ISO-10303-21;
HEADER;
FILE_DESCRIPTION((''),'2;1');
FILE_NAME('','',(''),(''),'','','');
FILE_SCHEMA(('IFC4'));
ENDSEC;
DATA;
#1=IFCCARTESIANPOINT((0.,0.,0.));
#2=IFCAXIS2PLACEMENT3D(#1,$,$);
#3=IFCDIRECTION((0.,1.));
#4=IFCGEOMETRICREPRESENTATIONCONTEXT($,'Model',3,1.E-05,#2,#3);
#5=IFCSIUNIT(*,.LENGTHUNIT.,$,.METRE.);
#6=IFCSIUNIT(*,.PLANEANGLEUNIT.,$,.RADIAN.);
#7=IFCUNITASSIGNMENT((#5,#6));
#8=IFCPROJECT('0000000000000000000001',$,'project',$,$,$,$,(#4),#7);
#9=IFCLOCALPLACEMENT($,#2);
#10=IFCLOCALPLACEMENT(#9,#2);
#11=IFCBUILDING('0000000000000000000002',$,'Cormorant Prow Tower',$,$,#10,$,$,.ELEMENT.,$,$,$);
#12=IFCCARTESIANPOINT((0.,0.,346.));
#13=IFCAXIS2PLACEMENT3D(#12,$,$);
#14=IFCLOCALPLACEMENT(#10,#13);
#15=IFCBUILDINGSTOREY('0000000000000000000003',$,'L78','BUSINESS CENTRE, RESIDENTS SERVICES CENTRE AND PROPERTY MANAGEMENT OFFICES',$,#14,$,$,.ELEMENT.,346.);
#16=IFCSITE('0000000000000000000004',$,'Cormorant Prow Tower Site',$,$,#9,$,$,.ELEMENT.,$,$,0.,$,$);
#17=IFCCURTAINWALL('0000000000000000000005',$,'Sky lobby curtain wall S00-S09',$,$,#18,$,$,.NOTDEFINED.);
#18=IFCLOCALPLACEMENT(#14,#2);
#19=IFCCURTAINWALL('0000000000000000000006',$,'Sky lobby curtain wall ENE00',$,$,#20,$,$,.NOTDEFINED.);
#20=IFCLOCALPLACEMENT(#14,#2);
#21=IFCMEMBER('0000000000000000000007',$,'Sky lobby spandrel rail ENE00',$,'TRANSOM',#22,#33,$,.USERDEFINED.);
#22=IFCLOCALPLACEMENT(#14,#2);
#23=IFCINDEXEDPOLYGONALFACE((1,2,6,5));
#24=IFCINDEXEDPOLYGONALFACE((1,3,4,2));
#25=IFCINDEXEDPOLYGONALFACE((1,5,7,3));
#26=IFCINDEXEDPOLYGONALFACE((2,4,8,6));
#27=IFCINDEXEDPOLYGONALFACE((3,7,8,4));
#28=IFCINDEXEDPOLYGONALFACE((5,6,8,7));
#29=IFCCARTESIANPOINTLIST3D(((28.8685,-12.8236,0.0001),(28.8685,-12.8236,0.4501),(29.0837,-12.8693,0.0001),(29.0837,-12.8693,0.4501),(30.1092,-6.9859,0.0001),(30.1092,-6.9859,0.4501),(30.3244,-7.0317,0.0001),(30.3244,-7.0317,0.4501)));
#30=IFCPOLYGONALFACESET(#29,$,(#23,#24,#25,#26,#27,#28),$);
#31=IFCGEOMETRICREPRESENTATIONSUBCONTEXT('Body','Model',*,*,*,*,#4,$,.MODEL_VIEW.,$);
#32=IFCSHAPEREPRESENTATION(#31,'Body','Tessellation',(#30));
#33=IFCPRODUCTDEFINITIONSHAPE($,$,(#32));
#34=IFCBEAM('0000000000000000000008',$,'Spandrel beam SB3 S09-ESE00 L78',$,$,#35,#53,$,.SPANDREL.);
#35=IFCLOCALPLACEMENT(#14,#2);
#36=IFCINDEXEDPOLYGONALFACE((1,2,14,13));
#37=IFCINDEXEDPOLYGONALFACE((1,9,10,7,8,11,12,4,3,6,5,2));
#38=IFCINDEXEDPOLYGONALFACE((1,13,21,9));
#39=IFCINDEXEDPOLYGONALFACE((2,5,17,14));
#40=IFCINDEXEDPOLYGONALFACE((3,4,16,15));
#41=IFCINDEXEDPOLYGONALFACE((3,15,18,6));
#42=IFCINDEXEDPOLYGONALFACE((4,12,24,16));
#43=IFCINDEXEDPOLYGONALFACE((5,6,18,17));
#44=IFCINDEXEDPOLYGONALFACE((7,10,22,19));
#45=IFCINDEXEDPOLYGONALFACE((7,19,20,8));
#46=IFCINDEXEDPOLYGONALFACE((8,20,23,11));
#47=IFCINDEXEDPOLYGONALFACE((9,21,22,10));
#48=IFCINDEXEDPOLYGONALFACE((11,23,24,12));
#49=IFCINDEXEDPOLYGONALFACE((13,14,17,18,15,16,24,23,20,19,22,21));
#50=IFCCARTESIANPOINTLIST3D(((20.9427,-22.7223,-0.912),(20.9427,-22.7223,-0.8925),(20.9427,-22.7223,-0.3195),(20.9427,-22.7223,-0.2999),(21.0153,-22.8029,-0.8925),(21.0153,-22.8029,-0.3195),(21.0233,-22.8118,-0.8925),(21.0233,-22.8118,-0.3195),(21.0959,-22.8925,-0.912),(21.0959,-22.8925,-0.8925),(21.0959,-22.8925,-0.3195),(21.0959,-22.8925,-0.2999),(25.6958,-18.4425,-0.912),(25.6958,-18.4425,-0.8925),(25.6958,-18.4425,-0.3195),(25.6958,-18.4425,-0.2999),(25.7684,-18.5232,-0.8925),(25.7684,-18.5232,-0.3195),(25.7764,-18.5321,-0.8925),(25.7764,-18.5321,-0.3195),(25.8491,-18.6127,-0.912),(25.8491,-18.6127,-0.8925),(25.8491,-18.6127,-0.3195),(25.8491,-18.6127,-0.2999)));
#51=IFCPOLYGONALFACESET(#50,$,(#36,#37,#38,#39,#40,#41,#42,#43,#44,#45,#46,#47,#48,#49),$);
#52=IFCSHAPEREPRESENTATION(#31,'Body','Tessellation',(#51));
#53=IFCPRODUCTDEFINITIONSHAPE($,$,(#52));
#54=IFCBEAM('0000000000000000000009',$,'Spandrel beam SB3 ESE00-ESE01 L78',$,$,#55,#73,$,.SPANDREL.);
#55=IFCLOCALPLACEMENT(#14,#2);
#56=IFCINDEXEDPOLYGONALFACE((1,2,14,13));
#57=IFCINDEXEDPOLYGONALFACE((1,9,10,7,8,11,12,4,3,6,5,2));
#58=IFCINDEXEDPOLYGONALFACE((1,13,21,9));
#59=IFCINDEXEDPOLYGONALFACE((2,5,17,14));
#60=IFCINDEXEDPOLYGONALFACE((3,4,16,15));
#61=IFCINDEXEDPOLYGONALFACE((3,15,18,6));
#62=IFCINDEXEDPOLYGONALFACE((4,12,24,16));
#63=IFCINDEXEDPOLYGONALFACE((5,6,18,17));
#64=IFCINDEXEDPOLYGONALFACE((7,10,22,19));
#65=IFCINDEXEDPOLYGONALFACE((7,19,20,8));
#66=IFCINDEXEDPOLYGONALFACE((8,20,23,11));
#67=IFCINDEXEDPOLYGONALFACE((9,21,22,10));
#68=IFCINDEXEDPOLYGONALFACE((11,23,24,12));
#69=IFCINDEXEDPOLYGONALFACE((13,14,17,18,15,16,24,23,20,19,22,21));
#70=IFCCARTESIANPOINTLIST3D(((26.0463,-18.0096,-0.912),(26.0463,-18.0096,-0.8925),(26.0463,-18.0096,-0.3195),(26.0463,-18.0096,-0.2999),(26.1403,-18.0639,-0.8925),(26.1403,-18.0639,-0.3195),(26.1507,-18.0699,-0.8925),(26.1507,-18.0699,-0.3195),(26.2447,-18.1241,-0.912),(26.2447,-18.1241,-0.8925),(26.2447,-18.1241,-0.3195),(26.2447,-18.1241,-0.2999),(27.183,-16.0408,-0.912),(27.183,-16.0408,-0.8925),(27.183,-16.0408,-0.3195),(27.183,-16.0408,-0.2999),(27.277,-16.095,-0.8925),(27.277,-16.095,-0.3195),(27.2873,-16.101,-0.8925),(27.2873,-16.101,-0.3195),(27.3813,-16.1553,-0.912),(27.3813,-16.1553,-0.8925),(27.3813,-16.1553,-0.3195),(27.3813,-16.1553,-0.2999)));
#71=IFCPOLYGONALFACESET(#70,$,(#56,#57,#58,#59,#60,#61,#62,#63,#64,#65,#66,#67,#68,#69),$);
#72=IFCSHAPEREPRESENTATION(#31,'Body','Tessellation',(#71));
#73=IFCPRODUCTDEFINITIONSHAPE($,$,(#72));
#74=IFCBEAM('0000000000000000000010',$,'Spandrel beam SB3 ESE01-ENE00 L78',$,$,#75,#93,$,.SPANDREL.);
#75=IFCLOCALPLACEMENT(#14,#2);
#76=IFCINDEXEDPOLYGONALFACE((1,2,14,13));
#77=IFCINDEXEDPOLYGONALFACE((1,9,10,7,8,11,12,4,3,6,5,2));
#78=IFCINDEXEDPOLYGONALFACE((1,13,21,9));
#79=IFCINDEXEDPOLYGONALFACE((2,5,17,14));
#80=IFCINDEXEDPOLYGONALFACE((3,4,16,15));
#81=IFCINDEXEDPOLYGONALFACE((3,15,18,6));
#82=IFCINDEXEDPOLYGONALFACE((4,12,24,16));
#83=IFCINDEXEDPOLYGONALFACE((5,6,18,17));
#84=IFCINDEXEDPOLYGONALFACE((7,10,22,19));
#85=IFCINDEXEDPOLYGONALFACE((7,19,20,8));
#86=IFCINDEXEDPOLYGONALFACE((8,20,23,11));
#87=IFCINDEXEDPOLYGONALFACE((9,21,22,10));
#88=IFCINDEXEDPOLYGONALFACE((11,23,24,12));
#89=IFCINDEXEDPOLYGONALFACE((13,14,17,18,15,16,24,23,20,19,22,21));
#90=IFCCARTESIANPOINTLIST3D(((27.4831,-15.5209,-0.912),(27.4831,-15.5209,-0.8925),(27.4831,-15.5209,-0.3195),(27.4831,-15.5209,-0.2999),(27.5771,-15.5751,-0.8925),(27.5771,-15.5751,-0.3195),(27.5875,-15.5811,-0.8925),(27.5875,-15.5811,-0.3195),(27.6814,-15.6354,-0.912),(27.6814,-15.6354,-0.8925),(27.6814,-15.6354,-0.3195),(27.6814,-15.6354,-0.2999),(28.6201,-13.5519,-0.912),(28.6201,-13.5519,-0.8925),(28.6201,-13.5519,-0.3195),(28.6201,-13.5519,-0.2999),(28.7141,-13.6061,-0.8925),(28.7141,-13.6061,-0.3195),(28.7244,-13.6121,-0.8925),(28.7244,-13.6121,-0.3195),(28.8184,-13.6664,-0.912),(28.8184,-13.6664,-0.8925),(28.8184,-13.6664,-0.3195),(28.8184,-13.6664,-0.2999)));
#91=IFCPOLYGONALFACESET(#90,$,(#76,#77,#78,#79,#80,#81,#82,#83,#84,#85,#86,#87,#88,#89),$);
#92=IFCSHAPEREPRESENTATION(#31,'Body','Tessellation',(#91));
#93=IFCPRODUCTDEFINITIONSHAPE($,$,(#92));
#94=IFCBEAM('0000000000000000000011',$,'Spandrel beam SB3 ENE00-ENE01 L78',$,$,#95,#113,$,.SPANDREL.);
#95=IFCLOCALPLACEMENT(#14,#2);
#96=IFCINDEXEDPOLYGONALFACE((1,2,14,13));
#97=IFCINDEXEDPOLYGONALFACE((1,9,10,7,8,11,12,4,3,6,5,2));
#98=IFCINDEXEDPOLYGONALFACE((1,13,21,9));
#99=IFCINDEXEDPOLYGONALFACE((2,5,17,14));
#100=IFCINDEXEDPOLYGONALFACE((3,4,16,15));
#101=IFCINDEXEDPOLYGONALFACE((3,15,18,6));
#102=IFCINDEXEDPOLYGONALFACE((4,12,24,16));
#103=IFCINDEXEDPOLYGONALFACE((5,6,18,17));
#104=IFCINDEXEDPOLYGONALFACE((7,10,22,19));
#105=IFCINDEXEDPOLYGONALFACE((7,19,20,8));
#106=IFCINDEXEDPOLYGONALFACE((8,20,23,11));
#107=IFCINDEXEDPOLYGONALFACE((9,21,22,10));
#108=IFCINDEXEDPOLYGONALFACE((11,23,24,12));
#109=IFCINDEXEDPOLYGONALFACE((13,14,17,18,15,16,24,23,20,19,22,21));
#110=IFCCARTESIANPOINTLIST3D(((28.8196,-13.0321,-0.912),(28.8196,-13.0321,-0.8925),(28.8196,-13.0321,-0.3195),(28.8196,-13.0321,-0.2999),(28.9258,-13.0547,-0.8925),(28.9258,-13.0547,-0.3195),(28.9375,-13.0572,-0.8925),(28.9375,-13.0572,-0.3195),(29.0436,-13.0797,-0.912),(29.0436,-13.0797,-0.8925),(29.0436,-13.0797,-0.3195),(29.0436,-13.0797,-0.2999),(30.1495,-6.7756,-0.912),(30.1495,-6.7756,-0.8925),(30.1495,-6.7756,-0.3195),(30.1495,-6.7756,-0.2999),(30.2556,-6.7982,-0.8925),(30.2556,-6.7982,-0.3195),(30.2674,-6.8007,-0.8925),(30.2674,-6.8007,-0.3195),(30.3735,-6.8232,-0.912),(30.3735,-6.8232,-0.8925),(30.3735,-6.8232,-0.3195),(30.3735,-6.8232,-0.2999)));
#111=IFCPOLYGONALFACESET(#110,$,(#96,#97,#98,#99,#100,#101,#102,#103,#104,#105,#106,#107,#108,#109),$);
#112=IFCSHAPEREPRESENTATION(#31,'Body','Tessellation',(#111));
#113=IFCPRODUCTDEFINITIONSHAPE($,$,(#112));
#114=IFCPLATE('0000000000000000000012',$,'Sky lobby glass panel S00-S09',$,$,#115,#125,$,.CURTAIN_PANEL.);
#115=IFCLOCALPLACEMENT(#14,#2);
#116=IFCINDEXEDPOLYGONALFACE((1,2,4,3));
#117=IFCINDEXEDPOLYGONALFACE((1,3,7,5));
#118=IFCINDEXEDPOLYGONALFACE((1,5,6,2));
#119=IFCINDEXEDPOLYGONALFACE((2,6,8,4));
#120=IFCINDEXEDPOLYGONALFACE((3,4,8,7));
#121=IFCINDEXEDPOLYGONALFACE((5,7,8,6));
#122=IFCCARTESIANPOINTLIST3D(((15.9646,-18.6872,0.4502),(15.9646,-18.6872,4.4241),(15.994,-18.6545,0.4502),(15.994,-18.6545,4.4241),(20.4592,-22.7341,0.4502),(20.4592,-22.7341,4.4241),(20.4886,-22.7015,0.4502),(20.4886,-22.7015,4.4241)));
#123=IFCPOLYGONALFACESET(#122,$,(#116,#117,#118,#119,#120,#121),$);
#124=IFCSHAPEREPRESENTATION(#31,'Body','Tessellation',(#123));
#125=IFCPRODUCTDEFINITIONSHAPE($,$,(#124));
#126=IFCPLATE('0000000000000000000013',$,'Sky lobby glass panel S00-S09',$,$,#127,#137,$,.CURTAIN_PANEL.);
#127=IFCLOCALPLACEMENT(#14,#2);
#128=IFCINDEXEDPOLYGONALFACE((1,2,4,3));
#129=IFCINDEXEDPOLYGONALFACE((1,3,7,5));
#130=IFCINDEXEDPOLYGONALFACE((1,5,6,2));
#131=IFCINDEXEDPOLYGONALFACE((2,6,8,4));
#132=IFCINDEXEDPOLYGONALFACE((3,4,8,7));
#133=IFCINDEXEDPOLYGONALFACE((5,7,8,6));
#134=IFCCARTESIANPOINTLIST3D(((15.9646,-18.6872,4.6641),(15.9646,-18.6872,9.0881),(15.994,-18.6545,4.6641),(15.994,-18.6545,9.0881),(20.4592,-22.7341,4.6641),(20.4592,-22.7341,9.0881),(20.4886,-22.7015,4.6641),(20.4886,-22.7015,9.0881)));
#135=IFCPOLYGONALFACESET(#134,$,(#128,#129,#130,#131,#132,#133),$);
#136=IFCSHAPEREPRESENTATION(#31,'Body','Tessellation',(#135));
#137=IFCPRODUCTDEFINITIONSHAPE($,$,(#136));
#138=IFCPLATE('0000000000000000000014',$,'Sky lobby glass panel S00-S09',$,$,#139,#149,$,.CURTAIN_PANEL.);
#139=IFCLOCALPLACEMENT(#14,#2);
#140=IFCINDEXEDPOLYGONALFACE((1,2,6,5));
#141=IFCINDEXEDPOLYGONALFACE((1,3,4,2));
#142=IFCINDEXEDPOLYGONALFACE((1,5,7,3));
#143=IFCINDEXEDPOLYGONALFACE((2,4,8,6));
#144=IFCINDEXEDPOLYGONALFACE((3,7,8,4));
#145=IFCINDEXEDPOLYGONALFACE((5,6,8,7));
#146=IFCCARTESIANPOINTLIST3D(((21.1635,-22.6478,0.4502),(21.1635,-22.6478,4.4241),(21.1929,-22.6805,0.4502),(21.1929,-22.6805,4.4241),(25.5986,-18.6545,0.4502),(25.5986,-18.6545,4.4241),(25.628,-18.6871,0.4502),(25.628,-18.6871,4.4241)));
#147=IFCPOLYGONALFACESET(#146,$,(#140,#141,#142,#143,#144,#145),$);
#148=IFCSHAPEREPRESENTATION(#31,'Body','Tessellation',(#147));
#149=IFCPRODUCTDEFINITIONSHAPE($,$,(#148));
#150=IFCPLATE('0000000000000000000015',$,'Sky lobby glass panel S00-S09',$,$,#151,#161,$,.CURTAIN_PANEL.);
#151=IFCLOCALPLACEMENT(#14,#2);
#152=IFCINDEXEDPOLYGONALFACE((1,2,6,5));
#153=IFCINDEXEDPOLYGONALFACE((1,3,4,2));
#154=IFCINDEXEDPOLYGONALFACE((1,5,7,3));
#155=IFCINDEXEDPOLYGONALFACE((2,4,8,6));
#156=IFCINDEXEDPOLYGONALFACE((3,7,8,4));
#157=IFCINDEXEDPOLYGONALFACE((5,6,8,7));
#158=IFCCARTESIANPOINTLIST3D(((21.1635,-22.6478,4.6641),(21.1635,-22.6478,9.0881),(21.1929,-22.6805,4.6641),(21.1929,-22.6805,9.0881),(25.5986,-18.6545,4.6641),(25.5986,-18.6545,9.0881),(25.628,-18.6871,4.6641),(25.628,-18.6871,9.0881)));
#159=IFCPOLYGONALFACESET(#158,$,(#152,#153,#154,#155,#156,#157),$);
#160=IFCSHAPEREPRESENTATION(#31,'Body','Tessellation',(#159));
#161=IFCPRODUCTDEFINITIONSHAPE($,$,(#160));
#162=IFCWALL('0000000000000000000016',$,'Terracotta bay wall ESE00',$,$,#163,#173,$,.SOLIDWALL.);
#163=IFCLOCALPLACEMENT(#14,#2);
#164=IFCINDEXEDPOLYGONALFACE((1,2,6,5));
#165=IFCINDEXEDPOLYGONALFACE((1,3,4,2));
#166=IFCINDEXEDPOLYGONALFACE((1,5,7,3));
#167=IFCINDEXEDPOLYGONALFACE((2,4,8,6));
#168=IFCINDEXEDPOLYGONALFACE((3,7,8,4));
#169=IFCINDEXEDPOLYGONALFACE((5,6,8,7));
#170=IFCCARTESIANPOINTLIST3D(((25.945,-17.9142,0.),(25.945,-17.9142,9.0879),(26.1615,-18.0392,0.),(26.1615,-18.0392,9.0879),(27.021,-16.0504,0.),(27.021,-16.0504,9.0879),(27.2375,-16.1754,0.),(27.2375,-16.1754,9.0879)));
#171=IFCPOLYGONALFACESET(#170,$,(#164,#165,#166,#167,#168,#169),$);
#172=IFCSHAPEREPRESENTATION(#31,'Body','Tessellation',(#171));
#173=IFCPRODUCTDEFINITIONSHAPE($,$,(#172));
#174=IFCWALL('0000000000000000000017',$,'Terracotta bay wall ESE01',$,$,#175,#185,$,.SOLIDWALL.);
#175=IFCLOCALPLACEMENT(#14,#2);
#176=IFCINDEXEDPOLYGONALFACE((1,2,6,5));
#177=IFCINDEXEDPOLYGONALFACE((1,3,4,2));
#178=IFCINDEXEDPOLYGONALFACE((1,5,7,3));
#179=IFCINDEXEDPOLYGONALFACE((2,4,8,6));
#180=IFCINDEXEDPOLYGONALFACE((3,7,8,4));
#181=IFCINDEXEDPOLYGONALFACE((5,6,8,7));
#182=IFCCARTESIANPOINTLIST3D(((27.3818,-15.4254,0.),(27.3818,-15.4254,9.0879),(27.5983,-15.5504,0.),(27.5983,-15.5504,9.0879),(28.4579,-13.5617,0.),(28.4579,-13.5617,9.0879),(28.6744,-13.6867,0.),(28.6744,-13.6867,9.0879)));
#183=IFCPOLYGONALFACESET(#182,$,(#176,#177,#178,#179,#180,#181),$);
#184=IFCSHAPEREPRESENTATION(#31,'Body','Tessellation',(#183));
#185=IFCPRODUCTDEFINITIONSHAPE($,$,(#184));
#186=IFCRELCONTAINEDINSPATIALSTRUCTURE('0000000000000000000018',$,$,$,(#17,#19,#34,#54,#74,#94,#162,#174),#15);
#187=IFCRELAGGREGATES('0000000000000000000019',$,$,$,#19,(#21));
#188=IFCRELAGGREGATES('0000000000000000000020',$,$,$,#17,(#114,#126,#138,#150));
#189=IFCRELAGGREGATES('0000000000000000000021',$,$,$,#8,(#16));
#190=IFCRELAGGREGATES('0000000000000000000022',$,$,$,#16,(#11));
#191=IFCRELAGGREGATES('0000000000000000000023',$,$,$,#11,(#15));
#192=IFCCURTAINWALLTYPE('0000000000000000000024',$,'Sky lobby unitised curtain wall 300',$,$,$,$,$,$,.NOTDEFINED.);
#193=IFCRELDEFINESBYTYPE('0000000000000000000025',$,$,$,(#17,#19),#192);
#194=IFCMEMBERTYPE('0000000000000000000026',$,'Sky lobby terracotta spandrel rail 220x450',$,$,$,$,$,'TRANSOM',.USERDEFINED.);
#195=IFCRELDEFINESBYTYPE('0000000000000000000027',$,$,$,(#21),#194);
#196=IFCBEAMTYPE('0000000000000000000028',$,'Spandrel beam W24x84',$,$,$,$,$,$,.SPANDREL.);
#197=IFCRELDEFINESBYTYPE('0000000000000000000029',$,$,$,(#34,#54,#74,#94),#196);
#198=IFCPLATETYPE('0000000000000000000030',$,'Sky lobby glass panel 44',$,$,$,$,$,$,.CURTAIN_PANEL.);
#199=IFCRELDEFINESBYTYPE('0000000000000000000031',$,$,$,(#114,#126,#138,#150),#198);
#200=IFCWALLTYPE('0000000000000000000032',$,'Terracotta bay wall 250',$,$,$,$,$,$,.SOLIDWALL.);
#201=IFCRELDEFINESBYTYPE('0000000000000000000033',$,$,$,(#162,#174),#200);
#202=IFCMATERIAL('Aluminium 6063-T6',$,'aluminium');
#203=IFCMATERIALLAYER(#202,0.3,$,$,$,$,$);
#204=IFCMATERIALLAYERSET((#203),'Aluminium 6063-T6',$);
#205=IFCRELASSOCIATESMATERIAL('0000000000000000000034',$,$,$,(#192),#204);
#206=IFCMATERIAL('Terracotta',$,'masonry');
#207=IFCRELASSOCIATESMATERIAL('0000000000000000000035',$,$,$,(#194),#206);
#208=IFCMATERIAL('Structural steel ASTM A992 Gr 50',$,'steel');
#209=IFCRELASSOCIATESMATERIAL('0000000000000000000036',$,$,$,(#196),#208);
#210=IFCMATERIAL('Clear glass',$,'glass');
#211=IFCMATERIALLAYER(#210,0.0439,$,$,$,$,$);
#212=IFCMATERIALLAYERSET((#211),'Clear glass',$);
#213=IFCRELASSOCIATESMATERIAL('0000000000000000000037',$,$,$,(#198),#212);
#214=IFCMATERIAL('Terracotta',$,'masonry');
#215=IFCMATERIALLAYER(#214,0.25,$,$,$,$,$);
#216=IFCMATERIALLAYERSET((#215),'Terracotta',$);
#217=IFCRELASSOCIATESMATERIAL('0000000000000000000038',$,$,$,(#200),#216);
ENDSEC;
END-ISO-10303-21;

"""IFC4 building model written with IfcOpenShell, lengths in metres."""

from ifc_helpers import new_model, si_unit, direction, frame, frame_2d, origin, origin_2d, place, context, subcontext, project, spatial, rectangle, i_section, extrude, material, layer, layer_set, material_profile, profile_set, type_object, element, aggregate, save


model = new_model("IFC4")

# Units and contexts
model_context = context("Model", 3, precision=1e-05, world=origin(), true_north=direction((0.0, 1.0)))
body_context = subcontext(model_context, "Body", "Model", "MODEL_VIEW")
ifc_project = project(units=[si_unit("LENGTHUNIT", "METRE"), si_unit("PLANEANGLEUNIT", "RADIAN")], contexts=[model_context])

# Site, building, storey
site_placement = place(None, origin())
site = spatial("IfcSite", under=ifc_project, at=site_placement, Name="Cormorant Prow Tower Site", CompositionType="ELEMENT", RefElevation=0.0)
building_placement = place(site_placement, origin())
building = spatial("IfcBuilding", under=site, at=building_placement, Name="Cormorant Prow Tower", CompositionType="ELEMENT")
storey_placement = place(building_placement, frame((0.0, 0.0, 346.0)))
storey = spatial("IfcBuildingStorey", under=building, at=storey_placement, Name="L78", Description="BUSINESS CENTRE, RESIDENTS SERVICES CENTRE AND PROPERTY MANAGEMENT OFFICES", CompositionType="ELEMENT", Elevation=346.0)

# Curtain wall
ifc_material_1 = material(Name="Aluminium 6063-T6", Category="aluminium")
ifc_layer_1 = layer(ifc_material_1, 0.3)
ifc_layer_set_1 = layer_set([ifc_layer_1], Name="Aluminium 6063-T6")
curtain_wall_type = type_object("IfcCurtainWallType", Name="Sky lobby unitised curtain wall 300", PredefinedType="NOTDEFINED", material=ifc_layer_set_1)
curtain_wall_1_placement = place(storey_placement, origin())
curtain_wall_1 = element("IfcCurtainWall", 1, at=curtain_wall_1_placement, inside=storey, type_object=curtain_wall_type, Name="Sky lobby curtain wall S00-S09", PredefinedType="NOTDEFINED")

# Curtain wall
curtain_wall_2_placement = place(storey_placement, origin())
curtain_wall_2 = element("IfcCurtainWall", 2, at=curtain_wall_2_placement, inside=storey, type_object=curtain_wall_type, Name="Sky lobby curtain wall ENE00", PredefinedType="NOTDEFINED")

# Member
ifc_material_2 = material(Name="Terracotta", Category="masonry")
ifc_material_profile_1 = material_profile(ifc_material_2, rectangle(XDim=0.22, YDim=0.45, at=origin_2d()), Name="Sky lobby terracotta spandrel rail 220x450")
ifc_profile_set_1 = profile_set([ifc_material_profile_1], Name="Terracotta")
member_type_1 = type_object("IfcMemberType", Name="Sky lobby terracotta spandrel rail 220x450", ElementType="TRANSOM", PredefinedType="USERDEFINED", material=ifc_profile_set_1)
member_1_placement = place(storey_placement, frame((28.9761, -12.8464, 0.2251), z_axis=(0.207894, 0.978151, 0.0), x_axis=(-0.978151, 0.207894, 0.0)))
member_1 = element("IfcMember", 3, at=member_1_placement, type_object=member_type_1, Name="Sky lobby spandrel rail ENE00", ObjectType="TRANSOM", PredefinedType="USERDEFINED", context=body_context, shape_type="SweptSolid", body=[
    extrude(rectangle(XDim=0.22, YDim=0.45, at=origin_2d()), origin(), (0.0, 0.0, 1.0), 5.968),
])
aggregate(curtain_wall_2, [member_1])

# Beams
ifc_material_3 = material(Name="Structural steel ASTM A992 Gr 50", Category="steel")
ifc_material_profile_2 = material_profile(ifc_material_3, i_section(OverallWidth=0.229, OverallDepth=0.6121, WebThickness=0.012, FlangeThickness=0.0195, at=origin_2d()), Name="W24x84")
ifc_profile_set_2 = profile_set([ifc_material_profile_2], Name="Structural steel ASTM A992 Gr 50")
beam_type = type_object("IfcBeamType", Name="Spandrel beam W24x84", PredefinedType="SPANDREL", material=ifc_profile_set_2)
beam_1_placement = place(storey_placement, frame((21.0193, -22.8074, -0.606), z_axis=(0.743144, 0.669131, 0.0), x_axis=(-0.669131, 0.743144, 0.0)))
element("IfcBeam", 4, at=beam_1_placement, inside=storey, type_object=beam_type, Name="Spandrel beam SB3 S09-ESE00 L78", PredefinedType="SPANDREL", context=body_context, shape_type="SweptSolid", body=[
    extrude(i_section(OverallWidth=0.229, OverallDepth=0.6121, WebThickness=0.012, FlangeThickness=0.0195, at=origin_2d()), origin(), (0.0, 0.0, 1.0), 6.396),
])
beam_2_placement = place(storey_placement, frame((26.1455, -18.0669, -0.606), z_axis=(0.499973, 0.866041, 0.0), x_axis=(-0.866041, 0.499973, 0.0)))
element("IfcBeam", 5, at=beam_2_placement, inside=storey, type_object=beam_type, Name="Spandrel beam SB3 ESE00-ESE01 L78", PredefinedType="SPANDREL", context=body_context, shape_type="SweptSolid", body=[
    extrude(i_section(OverallWidth=0.229, OverallDepth=0.6121, WebThickness=0.012, FlangeThickness=0.0195, at=origin_2d()), origin(), (0.0, 0.0, 1.0), 2.2734),
])
beam_3_placement = place(storey_placement, frame((27.5823, -15.5781, -0.606), z_axis=(0.500054, 0.865994, 0.0), x_axis=(-0.865994, 0.500054, 0.0)))
element("IfcBeam", 6, at=beam_3_placement, inside=storey, type_object=beam_type, Name="Spandrel beam SB3 ESE01-ENE00 L78", PredefinedType="SPANDREL", context=body_context, shape_type="SweptSolid", body=[
    extrude(i_section(OverallWidth=0.229, OverallDepth=0.6121, WebThickness=0.012, FlangeThickness=0.0195, at=origin_2d()), origin(), (0.0, 0.0, 1.0), 2.2737),
])
beam_4_placement = place(storey_placement, frame((28.9316, -13.0559, -0.606), z_axis=(0.207913, 0.978147, 0.0), x_axis=(-0.978147, 0.207913, 0.0)))
element("IfcBeam", 7, at=beam_4_placement, inside=storey, type_object=beam_type, Name="Spandrel beam SB3 ENE00-ENE01 L78", PredefinedType="SPANDREL", context=body_context, shape_type="SweptSolid", body=[
    extrude(i_section(OverallWidth=0.229, OverallDepth=0.6121, WebThickness=0.012, FlangeThickness=0.0195, at=origin_2d()), origin(), (0.0, 0.0, 1.0), 6.3962),
])

# Plates
ifc_material_4 = material(Name="Clear glass", Category="glass")
ifc_layer_2 = layer(ifc_material_4, 0.0439)
ifc_layer_set_2 = layer_set([ifc_layer_2], Name="Clear glass")
plate_type = type_object("IfcPlateType", Name="Sky lobby glass panel 44", PredefinedType="CURTAIN_PANEL", material=ifc_layer_set_2)
plate_1_placement = place(storey_placement, frame((18.2266, -20.6943, 0.4502), z_axis=(0.0, 0.0, 1.0), x_axis=(0.743145, -0.669131, 0.0)))
plate_1 = element("IfcPlate", 8, at=plate_1_placement, type_object=plate_type, Name="Sky lobby glass panel S00-S09", PredefinedType="CURTAIN_PANEL", context=body_context, shape_type="SweptSolid", body=[
    extrude(rectangle(XDim=6.0481, YDim=0.0439, at=origin_2d()), origin(), (0.0, 0.0, 1.0), 3.9739),
])
plate_2_placement = place(storey_placement, frame((18.2266, -20.6943, 4.6641), z_axis=(0.0, 0.0, 1.0), x_axis=(0.743145, -0.669131, 0.0)))
plate_2 = element("IfcPlate", 9, at=plate_2_placement, type_object=plate_type, Name="Sky lobby glass panel S00-S09", PredefinedType="CURTAIN_PANEL", context=body_context, shape_type="SweptSolid", body=[
    extrude(rectangle(XDim=6.0481, YDim=0.0439, at=origin_2d()), origin(), (0.0, 0.0, 1.0), 4.4241),
])
plate_3_placement = place(storey_placement, frame((23.3958, -20.6675, 0.4502), z_axis=(0.0, 0.0, 1.0), x_axis=(0.743145, 0.669131, 0.0)))
plate_3 = element("IfcPlate", 10, at=plate_3_placement, type_object=plate_type, Name="Sky lobby glass panel S00-S09", PredefinedType="CURTAIN_PANEL", context=body_context, shape_type="SweptSolid", body=[
    extrude(rectangle(XDim=5.968, YDim=0.0439, at=origin_2d()), origin(), (0.0, 0.0, 1.0), 3.9739),
])
plate_4_placement = place(storey_placement, frame((23.3958, -20.6675, 4.6641), z_axis=(0.0, 0.0, 1.0), x_axis=(0.743145, 0.669131, 0.0)))
plate_4 = element("IfcPlate", 11, at=plate_4_placement, type_object=plate_type, Name="Sky lobby glass panel S00-S09", PredefinedType="CURTAIN_PANEL", context=body_context, shape_type="SweptSolid", body=[
    extrude(rectangle(XDim=5.968, YDim=0.0439, at=origin_2d()), origin(), (0.0, 0.0, 1.0), 4.4241),
])
aggregate(curtain_wall_1, [plate_1, plate_2, plate_3, plate_4])

# Walls
ifc_material_5 = material(Name="Terracotta", Category="masonry")
ifc_layer_3 = layer(ifc_material_5, 0.25)
ifc_layer_set_3 = layer_set([ifc_layer_3], Name="Terracotta")
wall_type = type_object("IfcWallType", Name="Terracotta bay wall 250", PredefinedType="SOLIDWALL", material=ifc_layer_set_3)
for number, where, z_axis, x_axis, name in (
    (12, (26.0532, -17.9768, 0.0), (0.0, 0.0, 1.0), (0.499958, 0.86605, 0.0), "Terracotta bay wall ESE00"),
    (13, (27.49, -15.488, 0.0), (0.0, 0.0, 1.0), (0.500043, 0.866, 0.0), "Terracotta bay wall ESE01"),
):
    element("IfcWall", number, at=place(storey_placement, frame(where, z_axis=z_axis, x_axis=x_axis)), inside=storey, type_object=wall_type, Name=name, PredefinedType="SOLIDWALL", context=body_context, shape_type="SweptSolid", body=[
        extrude(rectangle(XDim=2.1521, YDim=0.25, at=frame_2d((1.0762, 0.0))), origin(), (0.0, 0.0, 1.0), 9.0879),
    ])

save(model, "model.ifc")
